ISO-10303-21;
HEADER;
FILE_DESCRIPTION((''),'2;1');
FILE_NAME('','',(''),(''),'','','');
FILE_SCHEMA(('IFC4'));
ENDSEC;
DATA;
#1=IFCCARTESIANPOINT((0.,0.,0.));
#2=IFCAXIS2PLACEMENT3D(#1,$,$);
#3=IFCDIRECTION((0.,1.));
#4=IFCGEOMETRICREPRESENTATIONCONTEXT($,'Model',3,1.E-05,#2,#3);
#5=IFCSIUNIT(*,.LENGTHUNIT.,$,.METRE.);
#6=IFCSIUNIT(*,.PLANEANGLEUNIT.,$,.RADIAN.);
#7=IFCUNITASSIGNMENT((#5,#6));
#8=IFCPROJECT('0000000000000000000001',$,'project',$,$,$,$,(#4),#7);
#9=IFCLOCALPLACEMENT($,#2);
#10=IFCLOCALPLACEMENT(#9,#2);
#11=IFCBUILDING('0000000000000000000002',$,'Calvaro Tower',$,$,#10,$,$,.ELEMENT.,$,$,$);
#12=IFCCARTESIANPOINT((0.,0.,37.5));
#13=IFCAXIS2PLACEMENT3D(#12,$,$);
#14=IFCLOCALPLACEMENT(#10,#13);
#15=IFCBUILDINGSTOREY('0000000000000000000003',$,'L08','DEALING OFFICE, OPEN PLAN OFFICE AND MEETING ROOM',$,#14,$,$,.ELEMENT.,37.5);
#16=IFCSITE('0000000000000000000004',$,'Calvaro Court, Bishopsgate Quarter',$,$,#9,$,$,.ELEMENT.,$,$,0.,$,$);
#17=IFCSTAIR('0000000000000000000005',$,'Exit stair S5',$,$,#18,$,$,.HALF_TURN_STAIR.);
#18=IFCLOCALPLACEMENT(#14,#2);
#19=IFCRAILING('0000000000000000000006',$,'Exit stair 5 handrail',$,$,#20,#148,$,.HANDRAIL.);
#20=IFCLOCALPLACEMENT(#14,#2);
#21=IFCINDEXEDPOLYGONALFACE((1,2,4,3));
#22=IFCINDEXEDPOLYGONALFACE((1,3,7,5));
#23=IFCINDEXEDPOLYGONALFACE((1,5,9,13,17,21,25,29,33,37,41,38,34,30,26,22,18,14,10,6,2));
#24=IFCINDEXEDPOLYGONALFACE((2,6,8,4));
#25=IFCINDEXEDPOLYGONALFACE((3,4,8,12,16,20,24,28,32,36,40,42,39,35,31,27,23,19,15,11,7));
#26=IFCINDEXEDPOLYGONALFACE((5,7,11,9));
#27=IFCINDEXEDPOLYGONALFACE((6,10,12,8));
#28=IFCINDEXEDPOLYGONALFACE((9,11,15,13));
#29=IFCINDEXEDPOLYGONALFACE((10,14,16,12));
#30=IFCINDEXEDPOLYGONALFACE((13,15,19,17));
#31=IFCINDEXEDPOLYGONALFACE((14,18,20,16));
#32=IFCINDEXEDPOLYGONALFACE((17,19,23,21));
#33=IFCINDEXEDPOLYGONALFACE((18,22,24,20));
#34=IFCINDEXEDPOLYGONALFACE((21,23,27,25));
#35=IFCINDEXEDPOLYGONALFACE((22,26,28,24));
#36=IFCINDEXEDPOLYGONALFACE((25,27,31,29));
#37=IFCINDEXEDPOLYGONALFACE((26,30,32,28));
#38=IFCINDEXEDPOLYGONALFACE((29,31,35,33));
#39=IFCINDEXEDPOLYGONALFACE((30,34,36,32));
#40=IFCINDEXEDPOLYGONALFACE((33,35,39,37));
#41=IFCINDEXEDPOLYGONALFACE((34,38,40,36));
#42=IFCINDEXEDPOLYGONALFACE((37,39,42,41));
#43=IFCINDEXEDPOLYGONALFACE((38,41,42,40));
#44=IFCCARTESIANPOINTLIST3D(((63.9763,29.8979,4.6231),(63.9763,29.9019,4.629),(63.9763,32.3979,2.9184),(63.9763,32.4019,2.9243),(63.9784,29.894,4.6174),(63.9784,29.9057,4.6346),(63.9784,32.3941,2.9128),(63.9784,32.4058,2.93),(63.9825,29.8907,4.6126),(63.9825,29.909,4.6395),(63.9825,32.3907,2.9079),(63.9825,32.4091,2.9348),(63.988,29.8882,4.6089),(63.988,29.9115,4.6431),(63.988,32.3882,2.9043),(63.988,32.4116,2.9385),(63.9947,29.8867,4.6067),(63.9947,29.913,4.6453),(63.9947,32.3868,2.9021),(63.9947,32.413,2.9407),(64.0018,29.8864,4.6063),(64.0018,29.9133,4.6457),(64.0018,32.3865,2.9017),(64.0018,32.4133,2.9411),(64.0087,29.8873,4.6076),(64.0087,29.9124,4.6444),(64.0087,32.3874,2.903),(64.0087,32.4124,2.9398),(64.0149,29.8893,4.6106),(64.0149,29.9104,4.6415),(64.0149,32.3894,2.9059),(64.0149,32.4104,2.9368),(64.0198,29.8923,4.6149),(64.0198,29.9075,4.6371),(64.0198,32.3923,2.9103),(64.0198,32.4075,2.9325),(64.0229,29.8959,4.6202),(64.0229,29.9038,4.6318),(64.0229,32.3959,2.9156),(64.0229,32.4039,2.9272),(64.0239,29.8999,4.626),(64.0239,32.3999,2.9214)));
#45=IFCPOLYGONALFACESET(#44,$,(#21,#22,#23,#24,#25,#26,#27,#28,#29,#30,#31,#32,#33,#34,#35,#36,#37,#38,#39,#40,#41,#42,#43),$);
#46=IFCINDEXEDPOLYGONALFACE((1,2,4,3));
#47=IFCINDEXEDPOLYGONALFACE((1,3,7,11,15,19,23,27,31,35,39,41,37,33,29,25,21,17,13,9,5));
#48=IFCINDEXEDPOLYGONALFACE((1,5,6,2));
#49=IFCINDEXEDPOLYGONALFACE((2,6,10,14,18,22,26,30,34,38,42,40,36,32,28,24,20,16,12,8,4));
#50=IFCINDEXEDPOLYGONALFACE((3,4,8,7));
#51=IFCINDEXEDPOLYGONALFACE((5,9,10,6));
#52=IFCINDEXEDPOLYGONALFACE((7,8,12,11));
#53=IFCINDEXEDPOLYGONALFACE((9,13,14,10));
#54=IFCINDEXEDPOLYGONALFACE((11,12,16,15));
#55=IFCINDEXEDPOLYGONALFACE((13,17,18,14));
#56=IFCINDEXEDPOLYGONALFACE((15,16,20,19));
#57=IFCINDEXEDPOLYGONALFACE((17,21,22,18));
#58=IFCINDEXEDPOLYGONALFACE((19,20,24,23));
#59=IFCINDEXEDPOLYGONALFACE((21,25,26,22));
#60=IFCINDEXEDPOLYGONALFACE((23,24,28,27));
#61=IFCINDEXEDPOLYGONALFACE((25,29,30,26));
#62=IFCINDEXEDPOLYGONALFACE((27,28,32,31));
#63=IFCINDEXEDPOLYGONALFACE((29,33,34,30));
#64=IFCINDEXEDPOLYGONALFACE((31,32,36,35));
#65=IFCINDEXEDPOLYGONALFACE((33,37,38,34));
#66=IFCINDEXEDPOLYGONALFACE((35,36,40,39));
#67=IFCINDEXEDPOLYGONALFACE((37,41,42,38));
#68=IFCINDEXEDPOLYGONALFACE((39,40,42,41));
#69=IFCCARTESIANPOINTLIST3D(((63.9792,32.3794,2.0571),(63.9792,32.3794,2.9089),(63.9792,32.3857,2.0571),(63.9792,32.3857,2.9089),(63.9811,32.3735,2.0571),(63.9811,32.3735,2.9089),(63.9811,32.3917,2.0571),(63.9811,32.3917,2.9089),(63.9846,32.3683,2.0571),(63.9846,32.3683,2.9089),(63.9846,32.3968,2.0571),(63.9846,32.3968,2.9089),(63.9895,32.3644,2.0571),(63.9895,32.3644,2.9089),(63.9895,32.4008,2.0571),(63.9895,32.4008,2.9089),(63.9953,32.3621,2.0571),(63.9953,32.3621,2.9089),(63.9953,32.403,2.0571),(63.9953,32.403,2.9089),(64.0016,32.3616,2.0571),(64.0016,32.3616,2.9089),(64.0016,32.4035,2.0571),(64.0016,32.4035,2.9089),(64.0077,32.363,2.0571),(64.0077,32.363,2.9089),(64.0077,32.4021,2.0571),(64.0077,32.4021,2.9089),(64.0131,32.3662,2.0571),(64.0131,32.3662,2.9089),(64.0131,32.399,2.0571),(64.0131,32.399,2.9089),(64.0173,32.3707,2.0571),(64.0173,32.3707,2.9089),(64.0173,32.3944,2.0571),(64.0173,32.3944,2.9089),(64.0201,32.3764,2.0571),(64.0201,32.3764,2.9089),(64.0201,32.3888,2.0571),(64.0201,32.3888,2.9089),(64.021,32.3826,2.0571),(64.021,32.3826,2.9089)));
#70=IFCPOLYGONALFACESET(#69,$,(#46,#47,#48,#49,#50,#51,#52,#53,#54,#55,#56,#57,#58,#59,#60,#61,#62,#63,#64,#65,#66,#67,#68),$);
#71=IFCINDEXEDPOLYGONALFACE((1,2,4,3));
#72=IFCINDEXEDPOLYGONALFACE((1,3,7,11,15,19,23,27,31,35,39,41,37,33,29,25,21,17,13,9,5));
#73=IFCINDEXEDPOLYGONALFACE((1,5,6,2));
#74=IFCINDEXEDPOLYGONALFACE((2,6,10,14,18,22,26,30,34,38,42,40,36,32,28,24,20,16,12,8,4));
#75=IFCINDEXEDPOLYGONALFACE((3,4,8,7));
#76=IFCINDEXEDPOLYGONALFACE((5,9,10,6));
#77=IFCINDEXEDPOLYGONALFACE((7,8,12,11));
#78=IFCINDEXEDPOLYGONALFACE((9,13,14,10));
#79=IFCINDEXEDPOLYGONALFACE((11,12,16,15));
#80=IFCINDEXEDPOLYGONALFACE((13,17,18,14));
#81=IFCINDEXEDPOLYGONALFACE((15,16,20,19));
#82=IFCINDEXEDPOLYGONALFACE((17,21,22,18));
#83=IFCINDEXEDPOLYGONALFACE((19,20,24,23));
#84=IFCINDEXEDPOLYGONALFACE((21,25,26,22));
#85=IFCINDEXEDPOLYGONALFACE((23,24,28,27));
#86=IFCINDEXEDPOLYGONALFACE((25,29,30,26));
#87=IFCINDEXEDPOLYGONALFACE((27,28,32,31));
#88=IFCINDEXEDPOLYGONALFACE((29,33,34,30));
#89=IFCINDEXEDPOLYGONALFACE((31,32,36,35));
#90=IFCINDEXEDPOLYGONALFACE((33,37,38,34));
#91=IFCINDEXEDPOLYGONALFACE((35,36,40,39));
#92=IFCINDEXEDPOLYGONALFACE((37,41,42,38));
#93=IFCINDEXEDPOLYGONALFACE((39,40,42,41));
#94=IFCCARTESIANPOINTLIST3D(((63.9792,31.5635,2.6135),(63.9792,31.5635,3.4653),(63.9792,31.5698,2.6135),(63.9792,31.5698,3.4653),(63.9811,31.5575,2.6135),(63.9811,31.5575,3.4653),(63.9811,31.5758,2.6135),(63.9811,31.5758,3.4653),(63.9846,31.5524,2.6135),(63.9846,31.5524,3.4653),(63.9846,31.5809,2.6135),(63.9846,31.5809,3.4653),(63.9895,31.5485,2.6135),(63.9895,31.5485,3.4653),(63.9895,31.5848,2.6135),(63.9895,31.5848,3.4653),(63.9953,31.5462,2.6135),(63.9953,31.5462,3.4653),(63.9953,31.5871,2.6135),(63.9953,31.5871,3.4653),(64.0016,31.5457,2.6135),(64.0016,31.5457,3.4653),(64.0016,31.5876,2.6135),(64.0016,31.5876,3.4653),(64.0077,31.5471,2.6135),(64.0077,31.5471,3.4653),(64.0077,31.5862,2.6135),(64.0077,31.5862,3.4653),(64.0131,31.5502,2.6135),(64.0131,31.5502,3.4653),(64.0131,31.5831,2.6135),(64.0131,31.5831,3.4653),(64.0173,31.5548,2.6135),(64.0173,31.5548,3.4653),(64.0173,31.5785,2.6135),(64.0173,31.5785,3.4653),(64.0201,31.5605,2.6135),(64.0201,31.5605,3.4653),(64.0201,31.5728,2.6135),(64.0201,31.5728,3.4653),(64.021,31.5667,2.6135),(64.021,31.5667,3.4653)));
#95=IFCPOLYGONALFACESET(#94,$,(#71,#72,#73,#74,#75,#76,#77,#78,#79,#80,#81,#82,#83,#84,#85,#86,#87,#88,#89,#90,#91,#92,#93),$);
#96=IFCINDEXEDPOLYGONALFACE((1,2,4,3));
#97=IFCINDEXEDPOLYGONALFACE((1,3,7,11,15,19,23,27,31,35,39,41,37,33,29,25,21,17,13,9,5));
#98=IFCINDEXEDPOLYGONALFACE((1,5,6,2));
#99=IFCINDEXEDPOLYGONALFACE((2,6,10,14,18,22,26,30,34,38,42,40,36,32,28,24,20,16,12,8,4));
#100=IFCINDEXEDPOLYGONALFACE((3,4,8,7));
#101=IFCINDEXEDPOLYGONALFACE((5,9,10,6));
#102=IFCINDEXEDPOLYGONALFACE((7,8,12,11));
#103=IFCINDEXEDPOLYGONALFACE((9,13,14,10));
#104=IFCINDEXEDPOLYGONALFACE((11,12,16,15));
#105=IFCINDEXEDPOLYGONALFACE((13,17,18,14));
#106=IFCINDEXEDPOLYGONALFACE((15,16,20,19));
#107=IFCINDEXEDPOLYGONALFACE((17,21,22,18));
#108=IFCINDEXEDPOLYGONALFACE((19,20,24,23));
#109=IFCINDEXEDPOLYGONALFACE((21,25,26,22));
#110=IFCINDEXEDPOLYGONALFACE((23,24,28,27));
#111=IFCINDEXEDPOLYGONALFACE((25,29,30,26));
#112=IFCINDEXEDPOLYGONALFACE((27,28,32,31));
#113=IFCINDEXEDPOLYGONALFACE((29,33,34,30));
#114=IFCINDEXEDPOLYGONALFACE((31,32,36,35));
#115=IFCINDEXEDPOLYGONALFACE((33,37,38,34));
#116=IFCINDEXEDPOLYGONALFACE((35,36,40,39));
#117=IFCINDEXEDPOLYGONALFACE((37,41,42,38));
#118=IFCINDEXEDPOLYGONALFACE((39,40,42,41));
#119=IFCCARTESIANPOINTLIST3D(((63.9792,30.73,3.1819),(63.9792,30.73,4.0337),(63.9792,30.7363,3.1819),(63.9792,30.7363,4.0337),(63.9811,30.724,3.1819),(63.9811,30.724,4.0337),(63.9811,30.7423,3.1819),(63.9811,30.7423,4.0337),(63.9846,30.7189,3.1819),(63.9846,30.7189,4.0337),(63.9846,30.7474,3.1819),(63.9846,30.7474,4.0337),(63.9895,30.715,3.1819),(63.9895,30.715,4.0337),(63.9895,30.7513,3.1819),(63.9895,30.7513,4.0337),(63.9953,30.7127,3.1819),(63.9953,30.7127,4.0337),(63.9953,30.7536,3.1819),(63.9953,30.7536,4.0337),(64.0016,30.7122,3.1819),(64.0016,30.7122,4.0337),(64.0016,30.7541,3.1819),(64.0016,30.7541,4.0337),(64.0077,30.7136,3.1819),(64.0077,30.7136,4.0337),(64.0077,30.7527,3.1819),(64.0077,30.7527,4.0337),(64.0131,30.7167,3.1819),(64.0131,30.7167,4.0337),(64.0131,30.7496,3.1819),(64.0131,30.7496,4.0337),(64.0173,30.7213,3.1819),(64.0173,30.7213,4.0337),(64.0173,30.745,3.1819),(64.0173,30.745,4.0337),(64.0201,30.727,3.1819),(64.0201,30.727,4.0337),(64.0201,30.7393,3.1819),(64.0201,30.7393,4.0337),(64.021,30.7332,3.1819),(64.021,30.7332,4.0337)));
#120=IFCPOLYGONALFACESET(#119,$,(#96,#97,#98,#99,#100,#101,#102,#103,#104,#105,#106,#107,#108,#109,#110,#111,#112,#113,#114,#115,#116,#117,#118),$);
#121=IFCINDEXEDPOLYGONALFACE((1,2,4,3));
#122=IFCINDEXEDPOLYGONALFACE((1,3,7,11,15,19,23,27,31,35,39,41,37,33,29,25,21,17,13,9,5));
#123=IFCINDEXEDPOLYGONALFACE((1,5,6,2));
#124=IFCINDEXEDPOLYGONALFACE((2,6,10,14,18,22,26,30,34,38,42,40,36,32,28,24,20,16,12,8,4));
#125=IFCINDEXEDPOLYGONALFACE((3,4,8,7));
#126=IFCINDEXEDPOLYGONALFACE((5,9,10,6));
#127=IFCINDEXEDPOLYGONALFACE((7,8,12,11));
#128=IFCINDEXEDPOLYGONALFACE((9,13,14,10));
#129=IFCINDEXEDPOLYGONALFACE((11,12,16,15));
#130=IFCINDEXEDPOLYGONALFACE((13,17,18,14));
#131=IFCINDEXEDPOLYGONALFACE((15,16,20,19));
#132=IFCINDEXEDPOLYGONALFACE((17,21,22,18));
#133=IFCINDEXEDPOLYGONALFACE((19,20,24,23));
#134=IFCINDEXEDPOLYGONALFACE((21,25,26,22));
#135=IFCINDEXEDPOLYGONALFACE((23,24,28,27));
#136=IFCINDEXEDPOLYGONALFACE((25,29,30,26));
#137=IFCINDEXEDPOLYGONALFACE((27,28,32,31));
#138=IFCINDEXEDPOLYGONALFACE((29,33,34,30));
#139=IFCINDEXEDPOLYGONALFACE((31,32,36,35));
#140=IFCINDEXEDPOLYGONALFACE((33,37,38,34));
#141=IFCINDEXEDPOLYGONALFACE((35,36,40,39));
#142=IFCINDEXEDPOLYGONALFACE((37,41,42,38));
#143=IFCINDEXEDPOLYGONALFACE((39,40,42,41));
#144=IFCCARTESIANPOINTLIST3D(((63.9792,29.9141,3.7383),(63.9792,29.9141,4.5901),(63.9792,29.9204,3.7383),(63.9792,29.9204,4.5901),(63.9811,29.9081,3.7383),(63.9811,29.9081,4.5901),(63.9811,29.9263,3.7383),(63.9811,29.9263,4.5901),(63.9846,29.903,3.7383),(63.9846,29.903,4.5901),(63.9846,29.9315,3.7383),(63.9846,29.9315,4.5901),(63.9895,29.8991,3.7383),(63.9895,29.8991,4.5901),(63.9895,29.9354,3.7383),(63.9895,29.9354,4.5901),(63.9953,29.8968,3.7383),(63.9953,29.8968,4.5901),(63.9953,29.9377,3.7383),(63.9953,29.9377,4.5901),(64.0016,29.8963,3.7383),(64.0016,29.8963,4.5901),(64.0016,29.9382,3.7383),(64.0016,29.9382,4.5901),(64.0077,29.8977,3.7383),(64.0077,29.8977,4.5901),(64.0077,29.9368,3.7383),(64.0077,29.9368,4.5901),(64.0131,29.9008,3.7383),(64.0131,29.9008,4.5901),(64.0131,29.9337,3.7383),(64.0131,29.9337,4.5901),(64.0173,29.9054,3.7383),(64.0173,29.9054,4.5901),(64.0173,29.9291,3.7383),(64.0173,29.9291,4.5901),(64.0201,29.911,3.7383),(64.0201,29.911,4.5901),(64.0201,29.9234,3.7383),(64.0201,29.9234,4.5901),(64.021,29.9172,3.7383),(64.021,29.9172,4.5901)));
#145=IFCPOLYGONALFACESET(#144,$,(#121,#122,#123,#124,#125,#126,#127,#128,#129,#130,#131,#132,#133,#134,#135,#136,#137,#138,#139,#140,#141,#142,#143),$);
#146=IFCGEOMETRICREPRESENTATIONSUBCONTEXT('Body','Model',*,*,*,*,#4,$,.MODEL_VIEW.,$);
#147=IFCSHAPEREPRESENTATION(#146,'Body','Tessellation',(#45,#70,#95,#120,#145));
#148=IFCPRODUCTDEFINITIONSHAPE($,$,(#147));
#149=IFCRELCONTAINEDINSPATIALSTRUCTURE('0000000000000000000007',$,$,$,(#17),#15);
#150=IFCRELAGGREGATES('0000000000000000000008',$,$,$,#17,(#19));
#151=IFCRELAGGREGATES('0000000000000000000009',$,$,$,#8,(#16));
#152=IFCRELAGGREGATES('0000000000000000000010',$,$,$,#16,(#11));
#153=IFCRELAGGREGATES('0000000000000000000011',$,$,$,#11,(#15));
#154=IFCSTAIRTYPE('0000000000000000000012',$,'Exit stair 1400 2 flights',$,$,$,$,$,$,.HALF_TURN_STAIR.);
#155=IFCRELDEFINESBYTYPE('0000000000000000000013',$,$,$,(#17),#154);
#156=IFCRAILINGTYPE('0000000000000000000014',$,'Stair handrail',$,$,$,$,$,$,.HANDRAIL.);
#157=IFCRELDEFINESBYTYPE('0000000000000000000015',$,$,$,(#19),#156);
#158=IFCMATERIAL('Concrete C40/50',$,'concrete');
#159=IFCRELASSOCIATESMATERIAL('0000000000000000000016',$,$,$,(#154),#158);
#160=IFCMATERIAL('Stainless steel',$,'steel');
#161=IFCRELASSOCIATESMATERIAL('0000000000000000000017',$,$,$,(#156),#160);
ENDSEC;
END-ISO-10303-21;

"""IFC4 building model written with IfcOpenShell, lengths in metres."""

from ifc_helpers import new_model, si_unit, direction, frame, origin, origin_2d, place, context, subcontext, project, spatial, circle, extrude, material, type_object, element, aggregate, save


model = new_model("IFC4")

# Units and contexts
model_context = context("Model", 3, precision=1e-05, world=origin(), true_north=direction((0.0, 1.0)))
body_context = subcontext(model_context, "Body", "Model", "MODEL_VIEW")
ifc_project = project(units=[si_unit("LENGTHUNIT", "METRE"), si_unit("PLANEANGLEUNIT", "RADIAN")], contexts=[model_context])

# Site, building, storey
site_placement = place(None, origin())
site = spatial("IfcSite", under=ifc_project, at=site_placement, Name="Calvaro Court, Bishopsgate Quarter", CompositionType="ELEMENT", RefElevation=0.0)
building_placement = place(site_placement, origin())
building = spatial("IfcBuilding", under=site, at=building_placement, Name="Calvaro Tower", CompositionType="ELEMENT")
storey_placement = place(building_placement, frame((0.0, 0.0, 37.5)))
storey = spatial("IfcBuildingStorey", under=building, at=storey_placement, Name="L08", Description="DEALING OFFICE, OPEN PLAN OFFICE AND MEETING ROOM", CompositionType="ELEMENT", Elevation=37.5)

# Stair
ifc_material_1 = material(Name="Concrete C40/50", Category="concrete")
stair_type = type_object("IfcStairType", Name="Exit stair 1400 2 flights", PredefinedType="HALF_TURN_STAIR", material=ifc_material_1)
stair_1_placement = place(storey_placement, origin())
stair_1 = element("IfcStair", 1, at=stair_1_placement, inside=storey, type_object=stair_type, Name="Exit stair S5", PredefinedType="HALF_TURN_STAIR")

# Shared definitions
ifc_material_2 = material(Name="Stainless steel", Category="steel")
railing_type = type_object("IfcRailingType", Name="Stair handrail", PredefinedType="HANDRAIL", material=ifc_material_2)

# Railing
railing_1_placement = place(storey_placement, frame((64.0, 32.3999, 2.0454)))
railing_1 = element("IfcRailing", 2, at=railing_1_placement, type_object=railing_type, Name="Exit stair 5 handrail", PredefinedType="HANDRAIL", context=body_context, shape_type="SweptSolid", body=[
    extrude(circle(Radius=0.0239, at=origin_2d()), frame((0.0, 0.0, 0.876), z_axis=(0.0, -0.826221, 0.563347), x_axis=(1.0, 0.0, 0.0)), (0.0, 0.0, 1.0), 3.0259),
    extrude(circle(Radius=0.021, at=origin_2d()), frame((0.0, -0.0173, 0.0117)), (0.0, 0.0, 1.0), 0.8518),
    extrude(circle(Radius=0.021, at=origin_2d()), frame((0.0, -0.8333, 0.5681)), (0.0, 0.0, 1.0), 0.8518),
    extrude(circle(Radius=0.021, at=origin_2d()), frame((0.0, -1.6667, 1.1365)), (0.0, 0.0, 1.0), 0.8518),
    extrude(circle(Radius=0.021, at=origin_2d()), frame((0.0, -2.4827, 1.6929)), (0.0, 0.0, 1.0), 0.8518),
])
aggregate(stair_1, [railing_1])

save(model, "model.ifc")
